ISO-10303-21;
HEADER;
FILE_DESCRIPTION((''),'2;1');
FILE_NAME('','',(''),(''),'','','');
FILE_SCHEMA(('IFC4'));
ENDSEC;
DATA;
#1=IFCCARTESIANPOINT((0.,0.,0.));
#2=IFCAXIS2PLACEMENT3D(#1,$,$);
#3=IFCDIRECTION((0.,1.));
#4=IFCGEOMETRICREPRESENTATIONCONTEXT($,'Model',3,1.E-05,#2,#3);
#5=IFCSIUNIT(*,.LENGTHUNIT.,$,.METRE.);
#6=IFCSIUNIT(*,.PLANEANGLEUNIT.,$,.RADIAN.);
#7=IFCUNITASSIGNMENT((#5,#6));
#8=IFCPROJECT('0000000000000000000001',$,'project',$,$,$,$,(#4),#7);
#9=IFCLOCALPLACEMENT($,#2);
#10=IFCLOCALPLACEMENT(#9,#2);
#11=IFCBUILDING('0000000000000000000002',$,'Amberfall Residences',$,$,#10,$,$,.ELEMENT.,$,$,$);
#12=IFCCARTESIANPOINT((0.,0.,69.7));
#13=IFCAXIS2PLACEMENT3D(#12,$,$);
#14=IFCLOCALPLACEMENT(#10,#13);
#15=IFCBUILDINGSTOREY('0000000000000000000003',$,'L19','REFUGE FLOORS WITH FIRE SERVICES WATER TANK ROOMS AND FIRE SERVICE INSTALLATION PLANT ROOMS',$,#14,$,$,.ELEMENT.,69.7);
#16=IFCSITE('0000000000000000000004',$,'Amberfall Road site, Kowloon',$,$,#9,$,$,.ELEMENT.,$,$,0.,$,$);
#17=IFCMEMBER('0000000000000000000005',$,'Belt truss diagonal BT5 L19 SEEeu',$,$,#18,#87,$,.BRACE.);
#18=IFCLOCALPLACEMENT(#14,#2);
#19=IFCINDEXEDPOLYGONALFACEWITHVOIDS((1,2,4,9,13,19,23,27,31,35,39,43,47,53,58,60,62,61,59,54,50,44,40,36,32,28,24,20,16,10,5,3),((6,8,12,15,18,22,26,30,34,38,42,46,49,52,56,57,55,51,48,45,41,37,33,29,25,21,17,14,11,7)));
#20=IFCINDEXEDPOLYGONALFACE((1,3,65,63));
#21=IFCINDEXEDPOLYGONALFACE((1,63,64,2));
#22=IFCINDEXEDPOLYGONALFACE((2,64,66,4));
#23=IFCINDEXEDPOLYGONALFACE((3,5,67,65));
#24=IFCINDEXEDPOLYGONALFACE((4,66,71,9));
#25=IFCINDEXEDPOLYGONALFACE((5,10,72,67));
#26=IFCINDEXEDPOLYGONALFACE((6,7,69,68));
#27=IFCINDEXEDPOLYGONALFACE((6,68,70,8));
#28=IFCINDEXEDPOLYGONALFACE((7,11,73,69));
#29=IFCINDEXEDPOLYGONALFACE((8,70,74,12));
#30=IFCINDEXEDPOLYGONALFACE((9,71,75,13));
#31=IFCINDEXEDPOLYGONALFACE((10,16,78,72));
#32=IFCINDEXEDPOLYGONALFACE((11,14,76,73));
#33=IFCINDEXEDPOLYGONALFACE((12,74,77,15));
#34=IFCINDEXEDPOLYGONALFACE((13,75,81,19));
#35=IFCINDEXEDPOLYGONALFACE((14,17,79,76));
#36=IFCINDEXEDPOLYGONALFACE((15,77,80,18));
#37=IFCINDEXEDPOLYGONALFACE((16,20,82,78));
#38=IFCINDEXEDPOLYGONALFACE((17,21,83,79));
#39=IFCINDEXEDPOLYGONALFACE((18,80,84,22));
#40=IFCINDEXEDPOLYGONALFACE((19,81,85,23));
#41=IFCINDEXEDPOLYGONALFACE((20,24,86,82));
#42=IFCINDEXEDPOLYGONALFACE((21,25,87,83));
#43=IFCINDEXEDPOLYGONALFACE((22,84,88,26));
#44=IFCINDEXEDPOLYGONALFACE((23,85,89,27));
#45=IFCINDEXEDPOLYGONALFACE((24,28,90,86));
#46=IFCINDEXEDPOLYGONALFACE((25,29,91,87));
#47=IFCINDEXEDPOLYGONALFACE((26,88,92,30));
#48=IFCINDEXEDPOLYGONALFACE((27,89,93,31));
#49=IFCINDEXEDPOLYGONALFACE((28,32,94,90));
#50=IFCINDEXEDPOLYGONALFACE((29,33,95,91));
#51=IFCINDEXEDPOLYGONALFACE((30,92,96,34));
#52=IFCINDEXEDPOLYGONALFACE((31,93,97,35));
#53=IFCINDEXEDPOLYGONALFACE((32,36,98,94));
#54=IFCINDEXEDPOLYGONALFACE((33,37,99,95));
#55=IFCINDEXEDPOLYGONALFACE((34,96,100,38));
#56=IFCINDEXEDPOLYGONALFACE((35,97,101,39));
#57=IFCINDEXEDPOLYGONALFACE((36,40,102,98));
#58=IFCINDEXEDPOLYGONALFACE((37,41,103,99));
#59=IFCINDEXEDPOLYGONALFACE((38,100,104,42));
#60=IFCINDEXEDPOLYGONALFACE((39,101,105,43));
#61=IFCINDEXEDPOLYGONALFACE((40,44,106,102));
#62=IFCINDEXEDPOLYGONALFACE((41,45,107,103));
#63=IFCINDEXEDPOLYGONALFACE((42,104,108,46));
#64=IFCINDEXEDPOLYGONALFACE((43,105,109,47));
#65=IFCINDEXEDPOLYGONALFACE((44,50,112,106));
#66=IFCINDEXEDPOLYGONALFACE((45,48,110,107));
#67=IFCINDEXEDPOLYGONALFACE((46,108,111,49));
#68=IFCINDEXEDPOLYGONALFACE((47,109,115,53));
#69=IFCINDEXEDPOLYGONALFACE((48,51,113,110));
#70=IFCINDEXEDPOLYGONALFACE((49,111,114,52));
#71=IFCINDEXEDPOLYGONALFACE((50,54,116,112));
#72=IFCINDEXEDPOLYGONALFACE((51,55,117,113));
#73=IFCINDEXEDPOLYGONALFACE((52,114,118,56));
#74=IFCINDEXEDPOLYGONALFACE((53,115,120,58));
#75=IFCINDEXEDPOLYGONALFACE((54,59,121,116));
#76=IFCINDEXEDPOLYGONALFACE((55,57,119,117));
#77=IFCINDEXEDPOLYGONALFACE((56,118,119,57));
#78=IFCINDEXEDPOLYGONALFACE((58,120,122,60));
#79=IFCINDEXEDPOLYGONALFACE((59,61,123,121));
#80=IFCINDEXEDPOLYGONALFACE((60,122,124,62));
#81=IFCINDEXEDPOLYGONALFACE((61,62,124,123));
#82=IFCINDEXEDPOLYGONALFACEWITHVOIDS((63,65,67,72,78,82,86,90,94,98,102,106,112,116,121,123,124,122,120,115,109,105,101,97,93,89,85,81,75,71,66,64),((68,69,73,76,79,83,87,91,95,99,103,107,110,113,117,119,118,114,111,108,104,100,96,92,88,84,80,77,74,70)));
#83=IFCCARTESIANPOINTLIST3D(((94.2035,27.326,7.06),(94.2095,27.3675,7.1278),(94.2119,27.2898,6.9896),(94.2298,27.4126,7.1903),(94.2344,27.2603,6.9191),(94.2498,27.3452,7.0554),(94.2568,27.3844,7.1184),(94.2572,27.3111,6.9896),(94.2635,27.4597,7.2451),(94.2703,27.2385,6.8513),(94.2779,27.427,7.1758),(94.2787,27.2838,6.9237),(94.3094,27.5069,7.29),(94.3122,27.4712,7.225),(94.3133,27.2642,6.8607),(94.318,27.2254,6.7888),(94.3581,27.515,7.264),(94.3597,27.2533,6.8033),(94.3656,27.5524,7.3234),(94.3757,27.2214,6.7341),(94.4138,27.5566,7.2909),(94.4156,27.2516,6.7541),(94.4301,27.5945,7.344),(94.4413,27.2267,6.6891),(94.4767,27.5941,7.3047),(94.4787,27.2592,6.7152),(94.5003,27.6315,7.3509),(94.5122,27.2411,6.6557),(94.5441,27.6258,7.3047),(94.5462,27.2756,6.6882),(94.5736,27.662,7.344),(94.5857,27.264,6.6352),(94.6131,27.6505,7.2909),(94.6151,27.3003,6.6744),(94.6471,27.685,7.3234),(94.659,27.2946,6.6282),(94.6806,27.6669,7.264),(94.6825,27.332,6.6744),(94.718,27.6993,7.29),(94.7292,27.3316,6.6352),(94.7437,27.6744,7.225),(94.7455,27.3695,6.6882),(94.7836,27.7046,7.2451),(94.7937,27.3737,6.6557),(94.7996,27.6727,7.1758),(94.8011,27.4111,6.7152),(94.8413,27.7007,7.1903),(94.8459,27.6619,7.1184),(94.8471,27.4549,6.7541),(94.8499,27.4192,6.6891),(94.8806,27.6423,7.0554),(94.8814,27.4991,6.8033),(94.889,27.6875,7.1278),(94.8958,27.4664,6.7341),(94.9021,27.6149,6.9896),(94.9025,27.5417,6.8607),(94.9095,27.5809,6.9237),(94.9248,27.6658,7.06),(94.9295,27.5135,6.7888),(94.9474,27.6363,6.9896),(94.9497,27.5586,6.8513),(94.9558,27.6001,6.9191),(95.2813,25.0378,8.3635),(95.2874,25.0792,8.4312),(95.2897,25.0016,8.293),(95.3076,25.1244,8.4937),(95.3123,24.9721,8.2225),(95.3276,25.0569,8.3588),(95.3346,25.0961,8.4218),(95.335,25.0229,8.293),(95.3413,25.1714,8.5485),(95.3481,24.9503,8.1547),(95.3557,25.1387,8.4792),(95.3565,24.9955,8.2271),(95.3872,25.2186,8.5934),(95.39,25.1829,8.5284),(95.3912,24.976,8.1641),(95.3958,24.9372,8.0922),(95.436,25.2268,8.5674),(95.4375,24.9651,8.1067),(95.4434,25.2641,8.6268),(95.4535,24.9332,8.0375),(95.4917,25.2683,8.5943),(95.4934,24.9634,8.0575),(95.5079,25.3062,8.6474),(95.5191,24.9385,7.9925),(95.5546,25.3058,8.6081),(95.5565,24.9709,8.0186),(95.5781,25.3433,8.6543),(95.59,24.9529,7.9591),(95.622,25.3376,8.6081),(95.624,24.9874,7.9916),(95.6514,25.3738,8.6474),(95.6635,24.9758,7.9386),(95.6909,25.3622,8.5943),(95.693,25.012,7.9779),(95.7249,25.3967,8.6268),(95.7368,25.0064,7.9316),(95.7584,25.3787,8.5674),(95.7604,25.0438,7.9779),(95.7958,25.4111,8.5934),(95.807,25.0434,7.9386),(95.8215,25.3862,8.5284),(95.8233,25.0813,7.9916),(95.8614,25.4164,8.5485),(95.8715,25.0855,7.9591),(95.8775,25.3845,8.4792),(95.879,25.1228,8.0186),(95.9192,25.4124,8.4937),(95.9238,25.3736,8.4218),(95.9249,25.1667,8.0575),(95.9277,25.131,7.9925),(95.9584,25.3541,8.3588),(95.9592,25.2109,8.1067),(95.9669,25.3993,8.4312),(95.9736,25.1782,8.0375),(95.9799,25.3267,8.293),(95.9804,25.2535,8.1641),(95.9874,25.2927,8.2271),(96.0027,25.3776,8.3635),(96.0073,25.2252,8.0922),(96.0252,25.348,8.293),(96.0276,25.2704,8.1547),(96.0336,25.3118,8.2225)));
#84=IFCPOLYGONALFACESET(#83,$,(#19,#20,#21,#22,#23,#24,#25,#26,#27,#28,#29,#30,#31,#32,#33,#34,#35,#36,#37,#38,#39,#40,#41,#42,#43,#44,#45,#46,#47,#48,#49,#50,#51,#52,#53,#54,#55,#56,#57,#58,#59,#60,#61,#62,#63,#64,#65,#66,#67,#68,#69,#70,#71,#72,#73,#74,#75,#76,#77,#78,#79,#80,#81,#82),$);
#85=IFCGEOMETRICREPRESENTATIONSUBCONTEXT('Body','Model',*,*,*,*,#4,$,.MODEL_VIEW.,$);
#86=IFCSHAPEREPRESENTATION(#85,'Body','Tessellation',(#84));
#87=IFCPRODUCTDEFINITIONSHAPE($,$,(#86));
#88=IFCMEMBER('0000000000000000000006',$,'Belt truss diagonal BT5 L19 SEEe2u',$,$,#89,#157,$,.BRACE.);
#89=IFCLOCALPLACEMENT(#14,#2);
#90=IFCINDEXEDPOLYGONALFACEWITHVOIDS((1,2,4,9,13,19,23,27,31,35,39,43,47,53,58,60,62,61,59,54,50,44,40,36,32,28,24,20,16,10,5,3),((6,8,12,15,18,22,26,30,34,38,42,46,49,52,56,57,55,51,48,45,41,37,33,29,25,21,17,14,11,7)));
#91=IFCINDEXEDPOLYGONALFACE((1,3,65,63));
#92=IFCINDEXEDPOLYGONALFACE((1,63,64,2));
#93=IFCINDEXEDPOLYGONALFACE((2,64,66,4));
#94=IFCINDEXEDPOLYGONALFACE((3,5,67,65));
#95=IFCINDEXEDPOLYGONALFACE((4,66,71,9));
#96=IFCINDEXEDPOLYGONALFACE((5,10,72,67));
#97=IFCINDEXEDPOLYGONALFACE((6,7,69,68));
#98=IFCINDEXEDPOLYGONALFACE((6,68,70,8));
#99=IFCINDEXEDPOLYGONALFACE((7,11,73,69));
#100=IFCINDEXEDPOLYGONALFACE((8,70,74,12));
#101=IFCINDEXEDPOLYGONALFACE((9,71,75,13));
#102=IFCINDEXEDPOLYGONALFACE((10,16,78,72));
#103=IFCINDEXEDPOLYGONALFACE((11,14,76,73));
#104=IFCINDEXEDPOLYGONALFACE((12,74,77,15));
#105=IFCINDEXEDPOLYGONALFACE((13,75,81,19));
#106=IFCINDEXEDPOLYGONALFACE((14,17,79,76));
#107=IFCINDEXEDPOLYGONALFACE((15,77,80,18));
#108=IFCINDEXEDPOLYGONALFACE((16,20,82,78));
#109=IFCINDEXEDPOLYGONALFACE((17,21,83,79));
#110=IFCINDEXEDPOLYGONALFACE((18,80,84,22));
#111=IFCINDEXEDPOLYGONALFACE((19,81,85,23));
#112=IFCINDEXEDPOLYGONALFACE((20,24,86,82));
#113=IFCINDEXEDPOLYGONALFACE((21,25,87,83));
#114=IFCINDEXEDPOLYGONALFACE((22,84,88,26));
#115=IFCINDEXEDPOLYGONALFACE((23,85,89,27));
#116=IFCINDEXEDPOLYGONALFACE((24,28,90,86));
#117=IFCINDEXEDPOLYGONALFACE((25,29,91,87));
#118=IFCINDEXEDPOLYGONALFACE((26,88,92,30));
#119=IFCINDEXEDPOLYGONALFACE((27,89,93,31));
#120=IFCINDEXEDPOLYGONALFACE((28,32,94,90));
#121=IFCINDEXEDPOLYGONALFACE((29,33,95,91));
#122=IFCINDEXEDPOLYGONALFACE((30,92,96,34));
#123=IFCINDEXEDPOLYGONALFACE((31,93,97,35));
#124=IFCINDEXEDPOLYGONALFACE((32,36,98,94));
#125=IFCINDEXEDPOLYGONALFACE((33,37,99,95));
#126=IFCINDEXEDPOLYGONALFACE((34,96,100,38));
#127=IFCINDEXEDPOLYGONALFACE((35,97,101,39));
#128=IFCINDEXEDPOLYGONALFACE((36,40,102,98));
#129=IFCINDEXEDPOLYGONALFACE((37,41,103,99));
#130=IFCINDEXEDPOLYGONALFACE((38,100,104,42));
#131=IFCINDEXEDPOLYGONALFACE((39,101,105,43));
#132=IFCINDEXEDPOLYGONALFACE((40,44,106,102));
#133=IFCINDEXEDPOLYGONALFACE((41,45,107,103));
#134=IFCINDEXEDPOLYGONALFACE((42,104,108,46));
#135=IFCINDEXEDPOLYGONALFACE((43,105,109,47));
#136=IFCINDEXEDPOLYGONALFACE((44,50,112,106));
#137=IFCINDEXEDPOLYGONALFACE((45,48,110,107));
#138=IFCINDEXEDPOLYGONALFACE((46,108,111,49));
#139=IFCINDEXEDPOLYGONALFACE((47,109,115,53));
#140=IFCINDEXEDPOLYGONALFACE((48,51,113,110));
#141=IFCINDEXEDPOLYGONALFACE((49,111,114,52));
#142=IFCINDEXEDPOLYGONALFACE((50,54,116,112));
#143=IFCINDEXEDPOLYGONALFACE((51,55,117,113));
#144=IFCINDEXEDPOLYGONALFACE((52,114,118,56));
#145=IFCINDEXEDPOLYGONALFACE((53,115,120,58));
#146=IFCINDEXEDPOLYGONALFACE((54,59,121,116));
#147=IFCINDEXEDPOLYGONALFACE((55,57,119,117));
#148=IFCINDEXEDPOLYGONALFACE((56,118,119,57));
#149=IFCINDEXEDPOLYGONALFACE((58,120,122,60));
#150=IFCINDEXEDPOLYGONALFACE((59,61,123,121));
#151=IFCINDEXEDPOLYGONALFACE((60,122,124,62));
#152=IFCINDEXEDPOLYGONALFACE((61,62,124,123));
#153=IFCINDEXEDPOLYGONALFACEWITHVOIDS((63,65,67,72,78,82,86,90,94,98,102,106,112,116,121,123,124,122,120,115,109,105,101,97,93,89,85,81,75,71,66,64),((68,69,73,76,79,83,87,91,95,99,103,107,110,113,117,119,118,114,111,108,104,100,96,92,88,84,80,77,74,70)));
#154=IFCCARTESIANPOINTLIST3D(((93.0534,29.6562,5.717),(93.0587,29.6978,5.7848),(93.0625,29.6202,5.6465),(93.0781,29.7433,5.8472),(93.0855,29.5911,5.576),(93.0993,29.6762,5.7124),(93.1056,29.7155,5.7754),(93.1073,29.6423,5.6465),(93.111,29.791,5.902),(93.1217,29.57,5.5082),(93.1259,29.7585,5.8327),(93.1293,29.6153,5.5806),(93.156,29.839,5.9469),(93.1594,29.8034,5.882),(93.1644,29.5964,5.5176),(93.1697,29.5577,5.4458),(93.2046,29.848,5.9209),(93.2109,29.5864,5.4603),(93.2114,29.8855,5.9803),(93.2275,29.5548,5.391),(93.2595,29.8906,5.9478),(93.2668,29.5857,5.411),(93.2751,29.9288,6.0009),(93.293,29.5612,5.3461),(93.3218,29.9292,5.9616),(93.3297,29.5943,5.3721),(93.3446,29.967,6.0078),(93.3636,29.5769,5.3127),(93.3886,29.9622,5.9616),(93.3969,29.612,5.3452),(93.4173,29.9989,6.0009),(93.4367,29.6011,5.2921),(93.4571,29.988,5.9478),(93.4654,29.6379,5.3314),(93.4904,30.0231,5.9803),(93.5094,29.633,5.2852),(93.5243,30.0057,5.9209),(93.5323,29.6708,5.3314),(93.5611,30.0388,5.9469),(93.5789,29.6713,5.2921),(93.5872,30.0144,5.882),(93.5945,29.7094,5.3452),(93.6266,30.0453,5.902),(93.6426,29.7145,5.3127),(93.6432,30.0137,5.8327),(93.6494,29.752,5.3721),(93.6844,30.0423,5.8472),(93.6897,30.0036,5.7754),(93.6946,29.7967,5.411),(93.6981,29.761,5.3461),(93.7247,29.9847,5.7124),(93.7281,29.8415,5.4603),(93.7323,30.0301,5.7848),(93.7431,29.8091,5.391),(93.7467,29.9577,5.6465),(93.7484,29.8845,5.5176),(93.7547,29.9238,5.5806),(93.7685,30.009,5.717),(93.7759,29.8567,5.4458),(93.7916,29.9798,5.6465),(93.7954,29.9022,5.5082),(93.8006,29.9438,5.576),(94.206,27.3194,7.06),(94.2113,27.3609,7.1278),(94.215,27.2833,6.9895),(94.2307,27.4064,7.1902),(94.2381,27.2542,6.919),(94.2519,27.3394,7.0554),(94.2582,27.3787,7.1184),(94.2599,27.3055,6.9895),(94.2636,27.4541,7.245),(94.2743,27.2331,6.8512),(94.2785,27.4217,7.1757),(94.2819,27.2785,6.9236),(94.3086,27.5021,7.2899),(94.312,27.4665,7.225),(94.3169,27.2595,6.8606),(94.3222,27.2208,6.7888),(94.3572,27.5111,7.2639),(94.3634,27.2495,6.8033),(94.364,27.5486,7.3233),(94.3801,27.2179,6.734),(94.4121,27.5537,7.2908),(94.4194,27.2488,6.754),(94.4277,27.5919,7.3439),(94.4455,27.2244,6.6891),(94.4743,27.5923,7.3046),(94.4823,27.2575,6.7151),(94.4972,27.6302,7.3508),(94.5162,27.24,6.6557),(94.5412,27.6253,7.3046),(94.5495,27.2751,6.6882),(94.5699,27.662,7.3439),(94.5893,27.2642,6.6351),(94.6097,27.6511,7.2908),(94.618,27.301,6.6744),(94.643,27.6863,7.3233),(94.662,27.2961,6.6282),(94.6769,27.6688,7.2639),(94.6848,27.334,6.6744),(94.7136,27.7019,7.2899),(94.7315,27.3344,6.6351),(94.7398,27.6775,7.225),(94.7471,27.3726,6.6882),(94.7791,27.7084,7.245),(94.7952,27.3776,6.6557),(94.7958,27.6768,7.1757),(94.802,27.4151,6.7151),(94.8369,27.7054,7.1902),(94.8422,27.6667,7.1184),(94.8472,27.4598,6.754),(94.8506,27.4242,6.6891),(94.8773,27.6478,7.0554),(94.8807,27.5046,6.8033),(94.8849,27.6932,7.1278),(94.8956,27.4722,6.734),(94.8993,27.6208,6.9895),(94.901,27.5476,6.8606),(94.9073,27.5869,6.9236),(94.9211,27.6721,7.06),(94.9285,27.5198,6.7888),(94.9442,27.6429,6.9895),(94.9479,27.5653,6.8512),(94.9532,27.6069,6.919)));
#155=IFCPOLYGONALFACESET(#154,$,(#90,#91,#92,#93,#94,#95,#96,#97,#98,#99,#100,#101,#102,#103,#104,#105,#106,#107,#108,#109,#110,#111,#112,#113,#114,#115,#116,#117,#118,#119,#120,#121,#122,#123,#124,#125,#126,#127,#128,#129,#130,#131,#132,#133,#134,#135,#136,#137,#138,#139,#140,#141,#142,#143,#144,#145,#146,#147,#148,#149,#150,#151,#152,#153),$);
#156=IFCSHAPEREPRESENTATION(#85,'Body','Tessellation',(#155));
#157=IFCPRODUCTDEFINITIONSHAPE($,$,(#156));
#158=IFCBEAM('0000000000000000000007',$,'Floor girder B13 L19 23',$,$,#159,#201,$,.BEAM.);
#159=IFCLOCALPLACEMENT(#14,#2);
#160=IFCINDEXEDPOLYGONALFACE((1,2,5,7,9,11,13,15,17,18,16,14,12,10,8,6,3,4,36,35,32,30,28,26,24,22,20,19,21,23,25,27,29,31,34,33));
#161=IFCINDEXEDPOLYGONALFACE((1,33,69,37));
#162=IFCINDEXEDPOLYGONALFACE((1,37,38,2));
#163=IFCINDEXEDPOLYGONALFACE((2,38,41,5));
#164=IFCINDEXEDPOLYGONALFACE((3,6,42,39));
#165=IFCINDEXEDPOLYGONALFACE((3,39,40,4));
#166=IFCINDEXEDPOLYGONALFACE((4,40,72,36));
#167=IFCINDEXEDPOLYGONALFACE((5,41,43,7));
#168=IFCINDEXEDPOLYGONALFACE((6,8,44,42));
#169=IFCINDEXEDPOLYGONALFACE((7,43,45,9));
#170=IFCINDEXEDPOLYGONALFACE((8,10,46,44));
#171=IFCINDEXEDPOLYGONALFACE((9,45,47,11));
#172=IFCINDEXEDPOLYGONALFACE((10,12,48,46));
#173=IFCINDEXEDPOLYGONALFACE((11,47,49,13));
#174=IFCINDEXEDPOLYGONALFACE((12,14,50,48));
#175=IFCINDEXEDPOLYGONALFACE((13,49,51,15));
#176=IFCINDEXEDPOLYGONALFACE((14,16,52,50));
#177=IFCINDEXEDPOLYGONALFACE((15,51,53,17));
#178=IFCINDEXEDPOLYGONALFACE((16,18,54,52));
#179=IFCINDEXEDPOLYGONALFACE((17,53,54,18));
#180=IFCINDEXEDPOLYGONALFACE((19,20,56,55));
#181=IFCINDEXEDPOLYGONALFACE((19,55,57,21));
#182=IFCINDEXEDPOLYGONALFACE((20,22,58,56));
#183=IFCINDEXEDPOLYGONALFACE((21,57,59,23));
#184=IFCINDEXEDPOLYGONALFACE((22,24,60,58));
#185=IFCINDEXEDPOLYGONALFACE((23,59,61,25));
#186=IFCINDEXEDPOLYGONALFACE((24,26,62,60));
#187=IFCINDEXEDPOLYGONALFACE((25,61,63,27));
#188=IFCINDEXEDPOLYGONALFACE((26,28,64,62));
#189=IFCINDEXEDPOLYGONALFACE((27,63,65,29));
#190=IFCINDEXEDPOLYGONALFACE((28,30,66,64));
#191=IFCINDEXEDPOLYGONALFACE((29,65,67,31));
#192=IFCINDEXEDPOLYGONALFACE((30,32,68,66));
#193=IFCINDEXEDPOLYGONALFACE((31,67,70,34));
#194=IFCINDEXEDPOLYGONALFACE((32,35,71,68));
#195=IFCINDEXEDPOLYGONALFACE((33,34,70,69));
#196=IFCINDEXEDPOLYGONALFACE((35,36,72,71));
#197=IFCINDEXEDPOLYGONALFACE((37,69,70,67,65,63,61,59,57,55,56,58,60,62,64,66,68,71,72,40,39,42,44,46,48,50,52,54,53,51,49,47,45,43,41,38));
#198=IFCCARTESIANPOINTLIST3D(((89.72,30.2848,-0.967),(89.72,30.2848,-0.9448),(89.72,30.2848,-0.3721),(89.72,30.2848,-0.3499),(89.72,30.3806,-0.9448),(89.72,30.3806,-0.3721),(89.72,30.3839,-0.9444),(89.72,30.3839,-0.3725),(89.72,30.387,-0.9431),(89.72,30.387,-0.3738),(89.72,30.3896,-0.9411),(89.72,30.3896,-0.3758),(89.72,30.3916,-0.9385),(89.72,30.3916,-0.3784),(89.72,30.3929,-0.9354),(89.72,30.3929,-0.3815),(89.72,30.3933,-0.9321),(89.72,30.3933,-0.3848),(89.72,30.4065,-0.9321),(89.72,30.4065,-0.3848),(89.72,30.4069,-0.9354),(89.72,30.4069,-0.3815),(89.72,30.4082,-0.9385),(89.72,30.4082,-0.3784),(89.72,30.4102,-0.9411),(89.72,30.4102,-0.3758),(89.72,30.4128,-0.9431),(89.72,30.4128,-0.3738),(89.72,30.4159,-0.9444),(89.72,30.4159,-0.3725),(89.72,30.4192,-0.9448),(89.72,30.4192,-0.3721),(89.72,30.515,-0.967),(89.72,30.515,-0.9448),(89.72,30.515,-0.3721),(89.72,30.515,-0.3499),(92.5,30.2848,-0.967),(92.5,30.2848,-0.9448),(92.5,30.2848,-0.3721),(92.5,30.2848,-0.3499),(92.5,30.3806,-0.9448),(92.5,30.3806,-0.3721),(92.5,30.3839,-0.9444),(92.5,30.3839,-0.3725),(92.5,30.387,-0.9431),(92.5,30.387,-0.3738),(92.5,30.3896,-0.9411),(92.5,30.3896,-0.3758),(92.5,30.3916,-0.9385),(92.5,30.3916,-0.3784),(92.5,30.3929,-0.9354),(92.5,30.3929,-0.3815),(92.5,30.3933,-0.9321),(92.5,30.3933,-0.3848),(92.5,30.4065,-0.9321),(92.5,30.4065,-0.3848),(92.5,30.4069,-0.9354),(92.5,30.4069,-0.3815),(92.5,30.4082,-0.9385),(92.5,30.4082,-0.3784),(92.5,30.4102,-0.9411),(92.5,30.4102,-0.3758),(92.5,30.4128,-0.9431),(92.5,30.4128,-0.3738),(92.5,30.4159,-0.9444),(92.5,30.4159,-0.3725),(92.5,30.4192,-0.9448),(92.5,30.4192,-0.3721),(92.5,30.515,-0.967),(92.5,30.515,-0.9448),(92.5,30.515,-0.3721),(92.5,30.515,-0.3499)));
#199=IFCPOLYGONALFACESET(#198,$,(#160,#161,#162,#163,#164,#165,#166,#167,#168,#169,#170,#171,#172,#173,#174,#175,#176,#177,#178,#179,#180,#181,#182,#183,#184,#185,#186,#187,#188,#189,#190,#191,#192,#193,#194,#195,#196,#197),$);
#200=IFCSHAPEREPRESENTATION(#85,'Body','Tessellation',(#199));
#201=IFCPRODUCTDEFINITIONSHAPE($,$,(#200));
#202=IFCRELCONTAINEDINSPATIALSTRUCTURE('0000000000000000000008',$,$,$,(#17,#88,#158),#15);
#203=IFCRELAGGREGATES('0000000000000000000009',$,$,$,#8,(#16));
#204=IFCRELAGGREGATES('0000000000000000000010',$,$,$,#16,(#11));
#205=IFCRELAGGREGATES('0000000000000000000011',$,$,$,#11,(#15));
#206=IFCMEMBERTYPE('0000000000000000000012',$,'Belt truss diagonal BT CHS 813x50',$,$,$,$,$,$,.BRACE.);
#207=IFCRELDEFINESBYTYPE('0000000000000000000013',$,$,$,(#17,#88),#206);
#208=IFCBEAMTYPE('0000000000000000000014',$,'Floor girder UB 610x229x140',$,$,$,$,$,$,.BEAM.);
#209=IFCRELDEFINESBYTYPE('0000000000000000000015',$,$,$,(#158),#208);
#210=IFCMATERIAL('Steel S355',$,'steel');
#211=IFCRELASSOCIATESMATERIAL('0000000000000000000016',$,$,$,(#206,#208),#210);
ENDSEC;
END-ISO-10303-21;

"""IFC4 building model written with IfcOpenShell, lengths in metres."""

from ifc_helpers import new_model, si_unit, direction, frame, origin, origin_2d, place, context, subcontext, project, spatial, hollow_circle, i_section, extrude, material, material_profile, profile_set, type_object, element, save


model = new_model("IFC4")

# Units and contexts
model_context = context("Model", 3, precision=1e-05, world=origin(), true_north=direction((0.0, 1.0)))
body_context = subcontext(model_context, "Body", "Model", "MODEL_VIEW")
ifc_project = project(units=[si_unit("LENGTHUNIT", "METRE"), si_unit("PLANEANGLEUNIT", "RADIAN")], contexts=[model_context])

# Site, building, storey
site_placement = place(None, origin())
site = spatial("IfcSite", under=ifc_project, at=site_placement, Name="Amberfall Road site, Kowloon", CompositionType="ELEMENT", RefElevation=0.0)
building_placement = place(site_placement, origin())
building = spatial("IfcBuilding", under=site, at=building_placement, Name="Amberfall Residences", CompositionType="ELEMENT")
storey_placement = place(building_placement, frame((0.0, 0.0, 69.7)))
storey = spatial("IfcBuildingStorey", under=building, at=storey_placement, Name="L19", Description="REFUGE FLOORS WITH FIRE SERVICES WATER TANK ROOMS AND FIRE SERVICE INSTALLATION PLANT ROOMS", CompositionType="ELEMENT", Elevation=69.7)

# Shared definitions
ifc_material_1 = material(Name="Steel S355", Category="steel")

# Members
ifc_material_profile_1 = material_profile(ifc_material_1, hollow_circle(Radius=0.4065, WallThickness=0.05, at=origin_2d()), Name="CHS 813x50")
ifc_profile_set_1 = profile_set([ifc_material_profile_1], Name="Steel S355")
member_type_1 = type_object("IfcMemberType", Name="Belt truss diagonal BT CHS 813x50", PredefinedType="BRACE", material=ifc_profile_set_1)
member_1_placement = place(storey_placement, frame((95.6575, 25.1748, 8.293), z_axis=(-0.378792, 0.804171, -0.458068), x_axis=(-0.904663, -0.426127, 0.0)))
element("IfcMember", 1, at=member_1_placement, inside=storey, type_object=member_type_1, Name="Belt truss diagonal BT5 L19 SEEeu", PredefinedType="BRACE", context=body_context, shape_type="SweptSolid", body=[
    extrude(hollow_circle(Radius=0.4065, WallThickness=0.05, at=origin_2d()), origin(), (0.0, 0.0, 1.0), 2.8455),
])
member_2_placement = place(storey_placement, frame((94.5796, 27.4631, 6.9895), z_axis=(-0.393182, 0.797191, -0.458143), x_axis=(-0.89685, -0.442335, 0.0)))
element("IfcMember", 2, at=member_2_placement, inside=storey, type_object=member_type_1, Name="Belt truss diagonal BT5 L19 SEEe2u", PredefinedType="BRACE", context=body_context, shape_type="SweptSolid", body=[
    extrude(hollow_circle(Radius=0.4065, WallThickness=0.05, at=origin_2d()), origin(), (0.0, 0.0, 1.0), 2.9314),
])

# Beam
ifc_material_profile_2 = material_profile(ifc_material_1, i_section(OverallWidth=0.2302, OverallDepth=0.6172, WebThickness=0.0132, FlangeThickness=0.0222, FilletRadius=0.0127, at=origin_2d()), Name="UB 610x229x140")
ifc_profile_set_2 = profile_set([ifc_material_profile_2], Name="Steel S355")
beam_type_1 = type_object("IfcBeamType", Name="Floor girder UB 610x229x140", PredefinedType="BEAM", material=ifc_profile_set_2)
beam_1_placement = place(storey_placement, frame((92.5, 30.3999, -0.6584), z_axis=(-1.0, 0.0, 0.0), x_axis=(0.0, -1.0, 0.0)))
element("IfcBeam", 3, at=beam_1_placement, inside=storey, type_object=beam_type_1, Name="Floor girder B13 L19 23", PredefinedType="BEAM", context=body_context, shape_type="SweptSolid", body=[
    extrude(i_section(OverallWidth=0.2302, OverallDepth=0.6172, WebThickness=0.0132, FlangeThickness=0.0222, FilletRadius=0.0127, at=origin_2d()), origin(), (0.0, 0.0, 1.0), 2.78),
])

save(model, "model.ifc")
